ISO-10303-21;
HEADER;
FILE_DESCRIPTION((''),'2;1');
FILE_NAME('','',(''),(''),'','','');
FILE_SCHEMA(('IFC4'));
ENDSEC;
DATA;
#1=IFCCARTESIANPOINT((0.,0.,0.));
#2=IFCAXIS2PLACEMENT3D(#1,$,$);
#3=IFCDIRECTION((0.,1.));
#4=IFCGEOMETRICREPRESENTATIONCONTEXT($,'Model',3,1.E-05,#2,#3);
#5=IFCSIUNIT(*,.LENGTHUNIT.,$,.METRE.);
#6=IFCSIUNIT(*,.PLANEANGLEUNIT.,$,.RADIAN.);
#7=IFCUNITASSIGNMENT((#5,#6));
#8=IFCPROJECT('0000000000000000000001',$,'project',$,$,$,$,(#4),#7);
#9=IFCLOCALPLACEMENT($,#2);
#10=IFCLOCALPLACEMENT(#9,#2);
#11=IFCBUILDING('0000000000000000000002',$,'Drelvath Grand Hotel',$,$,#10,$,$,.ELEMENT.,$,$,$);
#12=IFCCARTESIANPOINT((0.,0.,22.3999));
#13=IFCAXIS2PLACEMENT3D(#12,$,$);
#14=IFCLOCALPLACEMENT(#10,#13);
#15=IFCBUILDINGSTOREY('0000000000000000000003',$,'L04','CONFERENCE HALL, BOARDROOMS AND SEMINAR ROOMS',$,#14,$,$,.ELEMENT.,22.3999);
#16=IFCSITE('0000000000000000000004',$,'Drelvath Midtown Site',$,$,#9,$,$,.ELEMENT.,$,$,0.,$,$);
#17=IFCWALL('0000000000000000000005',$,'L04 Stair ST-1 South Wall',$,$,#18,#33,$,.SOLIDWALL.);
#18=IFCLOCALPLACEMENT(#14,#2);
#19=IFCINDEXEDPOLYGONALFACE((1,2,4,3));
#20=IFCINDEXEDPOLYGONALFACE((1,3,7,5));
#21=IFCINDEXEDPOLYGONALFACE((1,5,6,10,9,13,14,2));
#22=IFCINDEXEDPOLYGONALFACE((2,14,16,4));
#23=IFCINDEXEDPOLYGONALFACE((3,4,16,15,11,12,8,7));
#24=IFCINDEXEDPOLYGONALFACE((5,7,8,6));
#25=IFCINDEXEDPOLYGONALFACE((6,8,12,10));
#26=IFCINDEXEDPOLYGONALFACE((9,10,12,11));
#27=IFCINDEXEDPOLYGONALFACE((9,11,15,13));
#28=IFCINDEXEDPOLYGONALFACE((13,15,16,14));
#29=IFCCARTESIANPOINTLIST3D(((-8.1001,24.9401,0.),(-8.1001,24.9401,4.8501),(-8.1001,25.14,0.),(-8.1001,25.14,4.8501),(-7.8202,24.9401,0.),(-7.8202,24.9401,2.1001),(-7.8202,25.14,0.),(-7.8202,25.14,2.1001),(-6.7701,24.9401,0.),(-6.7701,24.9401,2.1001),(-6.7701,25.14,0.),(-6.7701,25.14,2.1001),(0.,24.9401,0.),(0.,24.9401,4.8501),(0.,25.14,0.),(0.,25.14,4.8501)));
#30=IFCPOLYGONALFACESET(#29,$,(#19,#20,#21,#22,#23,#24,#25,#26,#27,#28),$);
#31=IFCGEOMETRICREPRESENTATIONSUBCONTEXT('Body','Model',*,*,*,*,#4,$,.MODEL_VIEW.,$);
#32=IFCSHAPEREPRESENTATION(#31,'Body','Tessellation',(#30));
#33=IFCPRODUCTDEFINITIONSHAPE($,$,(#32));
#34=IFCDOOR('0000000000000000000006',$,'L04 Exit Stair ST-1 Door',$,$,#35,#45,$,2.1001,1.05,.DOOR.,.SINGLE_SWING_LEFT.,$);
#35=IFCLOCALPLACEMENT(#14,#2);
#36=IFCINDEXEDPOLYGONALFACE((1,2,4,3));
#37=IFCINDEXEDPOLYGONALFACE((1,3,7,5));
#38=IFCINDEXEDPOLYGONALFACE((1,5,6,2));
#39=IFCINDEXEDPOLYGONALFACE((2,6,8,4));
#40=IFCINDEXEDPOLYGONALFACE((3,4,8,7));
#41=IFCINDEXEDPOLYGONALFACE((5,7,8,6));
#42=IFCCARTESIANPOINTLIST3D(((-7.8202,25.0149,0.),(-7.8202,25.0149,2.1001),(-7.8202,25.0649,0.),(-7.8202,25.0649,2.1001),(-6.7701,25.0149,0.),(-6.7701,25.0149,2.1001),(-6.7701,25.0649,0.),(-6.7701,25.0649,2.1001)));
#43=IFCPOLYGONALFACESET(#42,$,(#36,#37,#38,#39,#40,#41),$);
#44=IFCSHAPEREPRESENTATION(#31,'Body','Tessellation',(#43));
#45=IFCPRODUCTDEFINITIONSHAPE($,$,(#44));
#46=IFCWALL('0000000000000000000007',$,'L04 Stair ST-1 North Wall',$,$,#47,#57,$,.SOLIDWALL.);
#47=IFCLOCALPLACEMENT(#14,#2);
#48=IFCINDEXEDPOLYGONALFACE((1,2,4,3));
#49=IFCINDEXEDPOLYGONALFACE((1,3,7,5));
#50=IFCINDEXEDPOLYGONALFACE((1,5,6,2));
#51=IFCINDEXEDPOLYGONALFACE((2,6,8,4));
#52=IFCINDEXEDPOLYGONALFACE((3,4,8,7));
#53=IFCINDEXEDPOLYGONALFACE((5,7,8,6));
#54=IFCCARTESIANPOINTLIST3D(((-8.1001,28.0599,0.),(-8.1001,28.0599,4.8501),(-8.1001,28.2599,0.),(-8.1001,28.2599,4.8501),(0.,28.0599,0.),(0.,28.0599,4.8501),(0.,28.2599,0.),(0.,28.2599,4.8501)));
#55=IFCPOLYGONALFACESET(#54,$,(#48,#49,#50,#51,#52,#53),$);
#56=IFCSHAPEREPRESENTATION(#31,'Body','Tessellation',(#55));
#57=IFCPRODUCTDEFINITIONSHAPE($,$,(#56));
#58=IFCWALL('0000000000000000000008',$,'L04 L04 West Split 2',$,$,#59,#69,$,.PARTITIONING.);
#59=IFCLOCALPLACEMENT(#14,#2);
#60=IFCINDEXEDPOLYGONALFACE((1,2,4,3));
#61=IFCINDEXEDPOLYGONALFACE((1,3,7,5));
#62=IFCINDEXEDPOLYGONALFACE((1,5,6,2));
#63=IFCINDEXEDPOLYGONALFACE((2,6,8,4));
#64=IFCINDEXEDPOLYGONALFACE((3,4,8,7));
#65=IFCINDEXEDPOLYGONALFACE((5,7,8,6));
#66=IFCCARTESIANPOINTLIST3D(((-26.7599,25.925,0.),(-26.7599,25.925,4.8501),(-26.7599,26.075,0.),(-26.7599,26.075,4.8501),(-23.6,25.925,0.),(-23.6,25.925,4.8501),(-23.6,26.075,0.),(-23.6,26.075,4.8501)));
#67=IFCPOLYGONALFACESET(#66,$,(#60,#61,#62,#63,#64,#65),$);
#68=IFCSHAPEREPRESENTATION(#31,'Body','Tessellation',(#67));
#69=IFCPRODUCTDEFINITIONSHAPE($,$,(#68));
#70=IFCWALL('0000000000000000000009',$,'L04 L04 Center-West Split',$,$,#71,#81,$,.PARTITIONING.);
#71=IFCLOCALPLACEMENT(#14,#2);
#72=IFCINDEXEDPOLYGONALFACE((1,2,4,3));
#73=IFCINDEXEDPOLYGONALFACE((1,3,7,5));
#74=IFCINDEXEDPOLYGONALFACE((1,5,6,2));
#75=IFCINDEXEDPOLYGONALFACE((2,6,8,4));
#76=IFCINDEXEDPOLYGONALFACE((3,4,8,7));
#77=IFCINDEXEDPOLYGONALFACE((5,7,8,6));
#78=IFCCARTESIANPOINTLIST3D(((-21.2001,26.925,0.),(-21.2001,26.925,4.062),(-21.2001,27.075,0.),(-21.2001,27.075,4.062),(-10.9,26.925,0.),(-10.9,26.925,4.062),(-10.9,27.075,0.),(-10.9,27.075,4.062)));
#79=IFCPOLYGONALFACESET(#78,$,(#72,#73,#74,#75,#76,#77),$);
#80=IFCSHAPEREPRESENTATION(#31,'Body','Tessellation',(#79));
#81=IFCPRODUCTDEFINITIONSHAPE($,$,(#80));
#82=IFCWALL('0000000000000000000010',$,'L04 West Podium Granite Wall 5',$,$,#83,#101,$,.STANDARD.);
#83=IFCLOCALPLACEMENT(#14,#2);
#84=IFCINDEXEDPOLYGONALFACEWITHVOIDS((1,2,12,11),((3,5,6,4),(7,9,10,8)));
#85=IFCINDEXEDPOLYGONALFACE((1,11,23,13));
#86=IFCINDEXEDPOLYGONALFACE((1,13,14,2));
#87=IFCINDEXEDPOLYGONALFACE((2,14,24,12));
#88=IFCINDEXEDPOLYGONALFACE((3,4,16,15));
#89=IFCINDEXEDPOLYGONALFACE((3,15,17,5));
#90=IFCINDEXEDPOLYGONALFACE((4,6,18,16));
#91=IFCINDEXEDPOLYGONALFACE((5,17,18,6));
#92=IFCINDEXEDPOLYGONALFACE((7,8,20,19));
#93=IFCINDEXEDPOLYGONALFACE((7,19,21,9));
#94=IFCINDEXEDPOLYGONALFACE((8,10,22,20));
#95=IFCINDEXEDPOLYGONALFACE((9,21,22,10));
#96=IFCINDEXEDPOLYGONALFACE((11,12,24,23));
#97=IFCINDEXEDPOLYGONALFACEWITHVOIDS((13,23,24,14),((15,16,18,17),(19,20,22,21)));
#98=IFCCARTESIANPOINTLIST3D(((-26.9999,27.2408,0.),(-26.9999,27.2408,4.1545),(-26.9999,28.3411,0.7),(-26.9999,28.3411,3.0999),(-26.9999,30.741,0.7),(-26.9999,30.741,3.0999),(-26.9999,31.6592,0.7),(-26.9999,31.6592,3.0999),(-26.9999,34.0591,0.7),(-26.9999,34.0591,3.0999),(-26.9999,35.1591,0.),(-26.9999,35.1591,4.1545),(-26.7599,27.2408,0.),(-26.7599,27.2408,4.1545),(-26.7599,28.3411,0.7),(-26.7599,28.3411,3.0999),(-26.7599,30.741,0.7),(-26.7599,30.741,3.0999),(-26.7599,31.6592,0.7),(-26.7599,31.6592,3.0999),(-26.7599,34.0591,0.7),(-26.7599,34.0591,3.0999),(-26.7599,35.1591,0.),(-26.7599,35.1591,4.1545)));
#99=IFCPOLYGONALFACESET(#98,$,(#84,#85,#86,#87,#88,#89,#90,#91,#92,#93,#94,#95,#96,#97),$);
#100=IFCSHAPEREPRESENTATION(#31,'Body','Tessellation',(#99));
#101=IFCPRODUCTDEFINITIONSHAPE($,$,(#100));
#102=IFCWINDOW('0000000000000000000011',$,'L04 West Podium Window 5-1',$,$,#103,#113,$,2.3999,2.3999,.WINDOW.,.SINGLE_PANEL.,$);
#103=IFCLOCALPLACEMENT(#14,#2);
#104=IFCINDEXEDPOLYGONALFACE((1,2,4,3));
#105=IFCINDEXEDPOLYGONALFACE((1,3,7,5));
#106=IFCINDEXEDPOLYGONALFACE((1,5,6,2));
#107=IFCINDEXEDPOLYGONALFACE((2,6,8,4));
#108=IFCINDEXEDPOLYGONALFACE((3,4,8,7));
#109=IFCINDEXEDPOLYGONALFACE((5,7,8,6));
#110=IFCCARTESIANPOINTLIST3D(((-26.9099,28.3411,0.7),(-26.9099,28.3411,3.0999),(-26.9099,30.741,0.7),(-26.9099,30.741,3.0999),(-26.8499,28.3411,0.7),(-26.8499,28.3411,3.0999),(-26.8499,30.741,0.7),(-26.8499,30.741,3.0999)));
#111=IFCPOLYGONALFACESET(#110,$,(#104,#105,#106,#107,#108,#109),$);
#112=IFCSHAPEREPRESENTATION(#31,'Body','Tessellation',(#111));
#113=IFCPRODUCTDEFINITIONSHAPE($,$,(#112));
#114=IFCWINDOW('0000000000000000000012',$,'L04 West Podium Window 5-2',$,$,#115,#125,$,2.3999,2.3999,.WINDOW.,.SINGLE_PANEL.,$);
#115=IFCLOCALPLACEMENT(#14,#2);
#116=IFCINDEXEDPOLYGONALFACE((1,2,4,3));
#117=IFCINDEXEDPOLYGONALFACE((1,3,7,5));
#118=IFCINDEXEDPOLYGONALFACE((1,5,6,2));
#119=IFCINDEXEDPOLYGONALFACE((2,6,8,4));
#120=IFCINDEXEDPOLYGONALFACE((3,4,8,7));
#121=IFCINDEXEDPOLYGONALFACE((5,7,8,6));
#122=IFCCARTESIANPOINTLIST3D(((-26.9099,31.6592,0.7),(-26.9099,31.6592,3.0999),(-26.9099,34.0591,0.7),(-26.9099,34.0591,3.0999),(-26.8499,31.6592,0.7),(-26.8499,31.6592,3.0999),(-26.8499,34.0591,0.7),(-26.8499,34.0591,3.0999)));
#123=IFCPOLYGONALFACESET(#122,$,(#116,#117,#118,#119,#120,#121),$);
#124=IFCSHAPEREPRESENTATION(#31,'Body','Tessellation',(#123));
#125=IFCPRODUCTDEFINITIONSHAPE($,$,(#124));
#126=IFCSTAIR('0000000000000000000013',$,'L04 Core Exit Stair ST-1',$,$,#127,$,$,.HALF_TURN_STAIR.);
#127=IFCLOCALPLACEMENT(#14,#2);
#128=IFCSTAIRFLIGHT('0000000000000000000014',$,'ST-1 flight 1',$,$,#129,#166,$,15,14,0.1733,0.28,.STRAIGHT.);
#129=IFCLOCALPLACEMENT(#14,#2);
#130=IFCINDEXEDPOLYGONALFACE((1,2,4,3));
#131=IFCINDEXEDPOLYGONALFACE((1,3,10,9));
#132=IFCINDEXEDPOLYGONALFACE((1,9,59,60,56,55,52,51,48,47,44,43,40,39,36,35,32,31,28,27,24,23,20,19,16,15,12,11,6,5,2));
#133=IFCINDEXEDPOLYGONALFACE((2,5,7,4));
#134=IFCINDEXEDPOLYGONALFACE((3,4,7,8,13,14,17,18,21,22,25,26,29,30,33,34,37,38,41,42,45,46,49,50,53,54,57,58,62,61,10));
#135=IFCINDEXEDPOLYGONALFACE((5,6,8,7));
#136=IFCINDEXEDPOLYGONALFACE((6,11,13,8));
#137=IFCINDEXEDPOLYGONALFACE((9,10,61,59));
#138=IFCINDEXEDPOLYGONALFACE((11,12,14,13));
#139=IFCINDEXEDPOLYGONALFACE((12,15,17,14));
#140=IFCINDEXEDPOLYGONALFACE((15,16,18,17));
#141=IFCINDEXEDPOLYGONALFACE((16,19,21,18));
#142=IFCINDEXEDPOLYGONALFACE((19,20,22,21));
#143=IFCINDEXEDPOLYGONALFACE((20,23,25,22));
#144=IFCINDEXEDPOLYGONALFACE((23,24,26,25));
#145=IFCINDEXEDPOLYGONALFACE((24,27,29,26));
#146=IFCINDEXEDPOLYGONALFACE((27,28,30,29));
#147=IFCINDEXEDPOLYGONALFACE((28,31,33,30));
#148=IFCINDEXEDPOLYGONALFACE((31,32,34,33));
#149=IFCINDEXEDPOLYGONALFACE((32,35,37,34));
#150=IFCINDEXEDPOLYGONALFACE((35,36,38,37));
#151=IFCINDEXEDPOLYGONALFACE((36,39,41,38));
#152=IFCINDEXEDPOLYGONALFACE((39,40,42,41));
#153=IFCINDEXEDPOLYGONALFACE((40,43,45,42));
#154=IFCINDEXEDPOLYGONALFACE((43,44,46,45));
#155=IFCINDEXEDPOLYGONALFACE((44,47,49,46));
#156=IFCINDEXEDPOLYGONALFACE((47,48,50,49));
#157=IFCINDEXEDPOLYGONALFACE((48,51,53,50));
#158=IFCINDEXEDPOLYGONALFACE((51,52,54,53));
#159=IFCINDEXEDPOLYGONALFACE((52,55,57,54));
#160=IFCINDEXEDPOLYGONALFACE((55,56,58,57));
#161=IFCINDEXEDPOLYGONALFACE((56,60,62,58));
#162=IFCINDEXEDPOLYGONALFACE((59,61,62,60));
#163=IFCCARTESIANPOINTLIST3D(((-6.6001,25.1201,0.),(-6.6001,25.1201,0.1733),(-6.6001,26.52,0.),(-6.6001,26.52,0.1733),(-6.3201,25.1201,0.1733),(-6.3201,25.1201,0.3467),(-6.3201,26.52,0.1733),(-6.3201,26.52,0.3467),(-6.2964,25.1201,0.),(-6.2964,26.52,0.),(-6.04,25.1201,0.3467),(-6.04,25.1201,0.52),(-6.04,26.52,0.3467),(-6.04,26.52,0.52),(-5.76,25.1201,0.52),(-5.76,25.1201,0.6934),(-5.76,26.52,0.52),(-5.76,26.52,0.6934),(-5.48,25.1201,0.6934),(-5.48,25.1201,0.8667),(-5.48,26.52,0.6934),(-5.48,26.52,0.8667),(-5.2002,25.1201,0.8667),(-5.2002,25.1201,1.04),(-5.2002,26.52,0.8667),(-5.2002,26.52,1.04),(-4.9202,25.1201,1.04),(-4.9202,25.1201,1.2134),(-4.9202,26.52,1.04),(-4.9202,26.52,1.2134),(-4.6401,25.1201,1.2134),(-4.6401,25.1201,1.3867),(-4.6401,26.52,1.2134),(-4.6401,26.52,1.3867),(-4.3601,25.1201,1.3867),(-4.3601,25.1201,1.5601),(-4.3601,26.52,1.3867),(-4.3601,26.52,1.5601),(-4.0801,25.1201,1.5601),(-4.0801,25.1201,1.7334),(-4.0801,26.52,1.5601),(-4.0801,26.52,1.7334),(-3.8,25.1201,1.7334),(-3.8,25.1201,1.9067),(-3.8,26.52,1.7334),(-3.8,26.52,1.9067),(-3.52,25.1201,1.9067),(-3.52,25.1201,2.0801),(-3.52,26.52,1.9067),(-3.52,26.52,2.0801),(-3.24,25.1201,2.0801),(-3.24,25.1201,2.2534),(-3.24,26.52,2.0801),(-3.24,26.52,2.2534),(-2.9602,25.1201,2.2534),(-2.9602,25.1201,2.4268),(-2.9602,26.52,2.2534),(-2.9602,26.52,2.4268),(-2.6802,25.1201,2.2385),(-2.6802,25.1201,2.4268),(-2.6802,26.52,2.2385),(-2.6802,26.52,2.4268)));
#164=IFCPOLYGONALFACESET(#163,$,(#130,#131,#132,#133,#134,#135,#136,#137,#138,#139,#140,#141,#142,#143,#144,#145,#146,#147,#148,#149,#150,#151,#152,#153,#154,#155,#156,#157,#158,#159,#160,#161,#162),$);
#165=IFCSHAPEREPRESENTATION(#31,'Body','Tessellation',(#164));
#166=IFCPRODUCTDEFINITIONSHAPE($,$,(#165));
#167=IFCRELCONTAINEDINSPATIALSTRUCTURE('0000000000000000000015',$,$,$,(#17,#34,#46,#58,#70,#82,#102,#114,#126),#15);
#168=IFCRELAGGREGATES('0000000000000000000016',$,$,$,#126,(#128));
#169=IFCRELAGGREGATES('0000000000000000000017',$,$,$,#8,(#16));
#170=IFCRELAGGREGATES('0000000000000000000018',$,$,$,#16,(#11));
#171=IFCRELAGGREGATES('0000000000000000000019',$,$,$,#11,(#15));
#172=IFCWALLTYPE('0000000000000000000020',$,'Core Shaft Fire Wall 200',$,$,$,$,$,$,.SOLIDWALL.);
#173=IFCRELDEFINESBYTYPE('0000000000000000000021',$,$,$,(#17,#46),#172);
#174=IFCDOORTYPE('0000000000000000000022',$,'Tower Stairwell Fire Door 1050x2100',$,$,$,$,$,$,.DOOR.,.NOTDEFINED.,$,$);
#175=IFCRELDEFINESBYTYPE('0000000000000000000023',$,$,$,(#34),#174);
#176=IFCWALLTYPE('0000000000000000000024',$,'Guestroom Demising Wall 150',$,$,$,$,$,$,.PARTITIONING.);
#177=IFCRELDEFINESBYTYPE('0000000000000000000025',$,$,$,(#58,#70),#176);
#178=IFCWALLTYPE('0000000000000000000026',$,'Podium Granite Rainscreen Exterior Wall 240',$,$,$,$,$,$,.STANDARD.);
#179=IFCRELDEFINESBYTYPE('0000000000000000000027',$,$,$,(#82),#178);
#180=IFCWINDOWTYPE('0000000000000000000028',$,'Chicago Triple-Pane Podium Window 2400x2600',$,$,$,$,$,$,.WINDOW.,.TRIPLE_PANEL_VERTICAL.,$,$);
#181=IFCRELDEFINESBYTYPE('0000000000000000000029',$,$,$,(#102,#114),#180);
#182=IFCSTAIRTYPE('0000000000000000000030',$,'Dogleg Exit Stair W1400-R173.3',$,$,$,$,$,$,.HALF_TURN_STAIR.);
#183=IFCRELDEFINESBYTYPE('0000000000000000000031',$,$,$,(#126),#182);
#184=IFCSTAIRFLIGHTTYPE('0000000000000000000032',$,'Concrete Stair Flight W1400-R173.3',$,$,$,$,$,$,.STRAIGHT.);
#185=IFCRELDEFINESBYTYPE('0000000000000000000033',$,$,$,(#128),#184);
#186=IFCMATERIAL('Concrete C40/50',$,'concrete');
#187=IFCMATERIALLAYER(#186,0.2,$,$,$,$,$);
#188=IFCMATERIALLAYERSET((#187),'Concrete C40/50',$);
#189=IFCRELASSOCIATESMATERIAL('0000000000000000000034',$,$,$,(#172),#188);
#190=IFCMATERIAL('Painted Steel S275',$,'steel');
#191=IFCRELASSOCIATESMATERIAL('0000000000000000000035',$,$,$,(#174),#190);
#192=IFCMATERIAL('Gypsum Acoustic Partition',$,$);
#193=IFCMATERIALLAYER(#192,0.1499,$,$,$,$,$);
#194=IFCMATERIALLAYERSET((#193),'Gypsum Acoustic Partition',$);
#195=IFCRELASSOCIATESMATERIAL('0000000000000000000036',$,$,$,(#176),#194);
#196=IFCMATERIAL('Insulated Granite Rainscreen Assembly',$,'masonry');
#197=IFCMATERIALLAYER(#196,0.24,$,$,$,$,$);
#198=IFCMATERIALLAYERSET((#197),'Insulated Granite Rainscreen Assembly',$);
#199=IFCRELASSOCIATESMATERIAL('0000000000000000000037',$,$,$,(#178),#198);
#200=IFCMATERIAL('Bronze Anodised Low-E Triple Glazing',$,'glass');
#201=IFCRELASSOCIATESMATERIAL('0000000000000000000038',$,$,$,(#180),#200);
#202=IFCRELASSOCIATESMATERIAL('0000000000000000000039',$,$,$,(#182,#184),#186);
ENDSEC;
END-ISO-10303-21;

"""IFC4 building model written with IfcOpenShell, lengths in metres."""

from ifc_helpers import new_model, si_unit, direction, frame, frame_2d, origin, place, context, subcontext, project, spatial, polyline, rectangle, outline, extrude, material, layer, layer_set, type_object, element, fill, aggregate, save


model = new_model("IFC4")

# Units and contexts
model_context = context("Model", 3, precision=1e-05, world=origin(), true_north=direction((0.0, 1.0)))
body_context = subcontext(model_context, "Body", "Model", "MODEL_VIEW")
ifc_project = project(units=[si_unit("LENGTHUNIT", "METRE"), si_unit("PLANEANGLEUNIT", "RADIAN")], contexts=[model_context])

# Site, building, storey
site_placement = place(None, origin())
site = spatial("IfcSite", under=ifc_project, at=site_placement, Name="Drelvath Midtown Site", CompositionType="ELEMENT", RefElevation=0.0)
building_placement = place(site_placement, origin())
building = spatial("IfcBuilding", under=site, at=building_placement, Name="Drelvath Grand Hotel", CompositionType="ELEMENT")
storey_placement = place(building_placement, frame((0.0, 0.0, 22.3999)))
storey = spatial("IfcBuildingStorey", under=building, at=storey_placement, Name="L04", Description="CONFERENCE HALL, BOARDROOMS AND SEMINAR ROOMS", CompositionType="ELEMENT", Elevation=22.3999)

# Shared definitions
ifc_material_1 = material(Name="Concrete C40/50", Category="concrete")

# Wall, opening, door
ifc_layer_1 = layer(ifc_material_1, 0.2)
ifc_layer_set_1 = layer_set([ifc_layer_1], Name="Concrete C40/50")
wall_type_1 = type_object("IfcWallType", Name="Core Shaft Fire Wall 200", PredefinedType="SOLIDWALL", material=ifc_layer_set_1)
wall_1_placement = place(storey_placement, frame((-8.1001, 25.04, 0.0), z_axis=(0.0, 0.0, 1.0), x_axis=(1.0, 0.0, 0.0)))
wall_1 = element("IfcWall", 1, at=wall_1_placement, inside=storey, type_object=wall_type_1, Name="L04 Stair ST-1 South Wall", PredefinedType="SOLIDWALL", context=body_context, shape_type="SweptSolid", body=[
    extrude(rectangle(XDim=8.1001, YDim=0.2, at=frame_2d((4.05, 0.0))), origin(), (0.0, 0.0, 1.0), 4.8501),
])
opening_1_placement = place(wall_1_placement, frame((0.28, 0.0, 0.0)))
opening_1 = element("IfcOpeningElement", 2, at=opening_1_placement, cuts=wall_1, PredefinedType="OPENING", context=body_context, shape_type="SweptSolid", body=[
    extrude(rectangle(XDim=1.05, YDim=2.1001, at=frame_2d((0.5249, 1.05))), frame((0.0, 0.1099, 0.0), z_axis=(0.0, -1.0, 0.0), x_axis=(1.0, 0.0, 0.0)), (0.0, 0.0, 1.0), 0.22),
])
ifc_material_2 = material(Name="Painted Steel S275", Category="steel")
door_type = type_object("IfcDoorType", Name="Tower Stairwell Fire Door 1050x2100", OperationType="NOTDEFINED", PredefinedType="DOOR", material=ifc_material_2)
door_placement = place(opening_1_placement, origin())
door = element("IfcDoor", 3, at=door_placement, inside=storey, type_object=door_type, Name="L04 Exit Stair ST-1 Door", OperationType="SINGLE_SWING_LEFT", OverallHeight=2.1001, OverallWidth=1.05, PredefinedType="DOOR", context=body_context, shape_type="SweptSolid", body=[
    extrude(rectangle(XDim=1.05, YDim=2.1001, at=frame_2d((0.5249, 1.05))), frame((0.0, 0.0249, 0.0), z_axis=(0.0, -1.0, 0.0), x_axis=(1.0, 0.0, 0.0)), (0.0, 0.0, 1.0), 0.05),
])
fill(opening_1, door)

# Walls
wall_2_placement = place(storey_placement, frame((-8.1001, 28.1599, 0.0), z_axis=(0.0, 0.0, 1.0), x_axis=(1.0, 0.0, 0.0)))
element("IfcWall", 4, at=wall_2_placement, inside=storey, type_object=wall_type_1, Name="L04 Stair ST-1 North Wall", PredefinedType="SOLIDWALL", context=body_context, shape_type="SweptSolid", body=[
    extrude(rectangle(XDim=8.1001, YDim=0.2, at=frame_2d((4.05, 0.0))), origin(), (0.0, 0.0, 1.0), 4.8501),
])
ifc_material_3 = material(Name="Gypsum Acoustic Partition")
ifc_layer_2 = layer(ifc_material_3, 0.1499)
ifc_layer_set_2 = layer_set([ifc_layer_2], Name="Gypsum Acoustic Partition")
wall_type_2 = type_object("IfcWallType", Name="Guestroom Demising Wall 150", PredefinedType="PARTITIONING", material=ifc_layer_set_2)
wall_3_placement = place(storey_placement, frame((-26.76, 26.0, 0.0), z_axis=(0.0, 0.0, 1.0), x_axis=(1.0, 0.0, 0.0)))
element("IfcWall", 5, at=wall_3_placement, inside=storey, type_object=wall_type_2, Name="L04 L04 West Split 2", PredefinedType="PARTITIONING", context=body_context, shape_type="SweptSolid", body=[
    extrude(rectangle(XDim=3.1599, YDim=0.1499, at=frame_2d((1.5801, 0.0))), origin(), (0.0, 0.0, 1.0), 4.8501),
])
wall_4_placement = place(storey_placement, frame((-21.2, 27.0, 0.0), z_axis=(0.0, 0.0, 1.0), x_axis=(1.0, 0.0, 0.0)))
element("IfcWall", 6, at=wall_4_placement, inside=storey, type_object=wall_type_2, Name="L04 L04 Center-West Split", PredefinedType="PARTITIONING", context=body_context, shape_type="SweptSolid", body=[
    extrude(rectangle(XDim=10.3, YDim=0.1499, at=frame_2d((5.1499, 0.0))), origin(), (0.0, 0.0, 1.0), 4.062),
])

# Wall, openings, windows
ifc_material_4 = material(Name="Insulated Granite Rainscreen Assembly", Category="masonry")
ifc_layer_3 = layer(ifc_material_4, 0.24)
ifc_layer_set_3 = layer_set([ifc_layer_3], Name="Insulated Granite Rainscreen Assembly")
wall_type_3 = type_object("IfcWallType", Name="Podium Granite Rainscreen Exterior Wall 240", PredefinedType="STANDARD", material=ifc_layer_set_3)
wall_5_placement = place(storey_placement, frame((-26.8799, 27.241, 0.0), z_axis=(0.0, 0.0, 1.0), x_axis=(0.0, 1.0, 0.0)))
wall_5 = element("IfcWall", 7, at=wall_5_placement, inside=storey, type_object=wall_type_3, Name="L04 West Podium Granite Wall 5", PredefinedType="STANDARD", context=body_context, shape_type="SweptSolid", body=[
    extrude(rectangle(XDim=7.9182, YDim=0.24, at=frame_2d((3.959, 0.0))), origin(), (0.0, 0.0, 1.0), 4.1545),
])
opening_2_placement = place(wall_5_placement, frame((1.1001, 0.0, 0.7)))
opening_2 = element("IfcOpeningElement", 8, at=opening_2_placement, cuts=wall_5, PredefinedType="OPENING", context=body_context, shape_type="SweptSolid", body=[
    extrude(rectangle(XDim=2.3999, YDim=2.3999, at=frame_2d((1.2, 1.2))), frame((0.0, 0.1299, 0.0), z_axis=(0.0, -1.0, 0.0), x_axis=(1.0, 0.0, 0.0)), (0.0, 0.0, 1.0), 0.26),
])
opening_3_placement = place(wall_5_placement, frame((4.4182, 0.0, 0.7)))
opening_3 = element("IfcOpeningElement", 9, at=opening_3_placement, cuts=wall_5, PredefinedType="OPENING", context=body_context, shape_type="SweptSolid", body=[
    extrude(rectangle(XDim=2.3999, YDim=2.3999, at=frame_2d((1.2, 1.2))), frame((0.0, 0.1299, 0.0), z_axis=(0.0, -1.0, 0.0), x_axis=(1.0, 0.0, 0.0)), (0.0, 0.0, 1.0), 0.26),
])
ifc_material_5 = material(Name="Bronze Anodised Low-E Triple Glazing", Category="glass")
window_type = type_object("IfcWindowType", Name="Chicago Triple-Pane Podium Window 2400x2600", PartitioningType="TRIPLE_PANEL_VERTICAL", PredefinedType="WINDOW", material=ifc_material_5)
window_1_placement = place(opening_2_placement, origin())
window_1 = element("IfcWindow", 10, at=window_1_placement, inside=storey, type_object=window_type, Name="L04 West Podium Window 5-1", OverallHeight=2.3999, OverallWidth=2.3999, PartitioningType="SINGLE_PANEL", PredefinedType="WINDOW", context=body_context, shape_type="SweptSolid", body=[
    extrude(rectangle(XDim=2.3999, YDim=2.3999, at=frame_2d((1.2, 1.2))), frame((0.0, 0.03, 0.0), z_axis=(0.0, -1.0, 0.0), x_axis=(1.0, 0.0, 0.0)), (0.0, 0.0, 1.0), 0.0601),
])
fill(opening_2, window_1)
window_2_placement = place(opening_3_placement, origin())
window_2 = element("IfcWindow", 11, at=window_2_placement, inside=storey, type_object=window_type, Name="L04 West Podium Window 5-2", OverallHeight=2.3999, OverallWidth=2.3999, PartitioningType="SINGLE_PANEL", PredefinedType="WINDOW", context=body_context, shape_type="SweptSolid", body=[
    extrude(rectangle(XDim=2.3999, YDim=2.3999, at=frame_2d((1.2, 1.2))), frame((0.0, 0.03, 0.0), z_axis=(0.0, -1.0, 0.0), x_axis=(1.0, 0.0, 0.0)), (0.0, 0.0, 1.0), 0.0601),
])
fill(opening_3, window_2)

# Stair, stair flight
stair_type = type_object("IfcStairType", Name="Dogleg Exit Stair W1400-R173.3", PredefinedType="HALF_TURN_STAIR", material=ifc_material_1)
stair_placement = place(storey_placement, origin())
stair = element("IfcStair", 12, at=stair_placement, inside=storey, type_object=stair_type, Name="L04 Core Exit Stair ST-1", PredefinedType="HALF_TURN_STAIR")
stair_flight_type = type_object("IfcStairFlightType", Name="Concrete Stair Flight W1400-R173.3", PredefinedType="STRAIGHT", material=ifc_material_1)
stair_flight_placement = place(storey_placement, frame((-6.6001, 25.8201, 0.0), z_axis=(0.0, 0.0, 1.0), x_axis=(1.0, 0.0, 0.0)))
stair_flight = element("IfcStairFlight", 13, at=stair_flight_placement, type_object=stair_flight_type, Name="ST-1 flight 1", NumberOfRisers=15, NumberOfTreads=14, PredefinedType="STRAIGHT", RiserHeight=0.1733, TreadLength=0.28, context=body_context, shape_type="SweptSolid", body=[
    extrude(outline(polyline([(0.0, 0.0), (0.0, 0.1733), (0.28, 0.1733), (0.28, 0.3467), (0.5601, 0.3467), (0.5601, 0.52), (0.8401, 0.52), (0.8401, 0.6934), (1.1201, 0.6934), (1.1201, 0.8667), (1.3999, 0.8667), (1.3999, 1.04), (1.6799, 1.04), (1.6799, 1.2134), (1.96, 1.2134), (1.96, 1.3867), (2.24, 1.3867), (2.24, 1.5601), (2.52, 1.5601), (2.52, 1.7334), (2.8, 1.7334), (2.8, 1.9067), (3.0801, 1.9067), (3.0801, 2.0801), (3.3601, 2.0801), (3.3601, 2.2534), (3.6399, 2.2534), (3.6399, 2.4268), (3.9199, 2.4268), (3.9199, 2.6001), (3.9199, 2.2385), (0.3037, 0.0), (0.0, 0.0)])), frame((0.0, 0.7, 0.0), z_axis=(0.0, -1.0, 0.0), x_axis=(1.0, 0.0, 0.0)), (0.0, 0.0, 1.0), 1.3999),
])
aggregate(stair, [stair_flight])

save(model, "model.ifc")
